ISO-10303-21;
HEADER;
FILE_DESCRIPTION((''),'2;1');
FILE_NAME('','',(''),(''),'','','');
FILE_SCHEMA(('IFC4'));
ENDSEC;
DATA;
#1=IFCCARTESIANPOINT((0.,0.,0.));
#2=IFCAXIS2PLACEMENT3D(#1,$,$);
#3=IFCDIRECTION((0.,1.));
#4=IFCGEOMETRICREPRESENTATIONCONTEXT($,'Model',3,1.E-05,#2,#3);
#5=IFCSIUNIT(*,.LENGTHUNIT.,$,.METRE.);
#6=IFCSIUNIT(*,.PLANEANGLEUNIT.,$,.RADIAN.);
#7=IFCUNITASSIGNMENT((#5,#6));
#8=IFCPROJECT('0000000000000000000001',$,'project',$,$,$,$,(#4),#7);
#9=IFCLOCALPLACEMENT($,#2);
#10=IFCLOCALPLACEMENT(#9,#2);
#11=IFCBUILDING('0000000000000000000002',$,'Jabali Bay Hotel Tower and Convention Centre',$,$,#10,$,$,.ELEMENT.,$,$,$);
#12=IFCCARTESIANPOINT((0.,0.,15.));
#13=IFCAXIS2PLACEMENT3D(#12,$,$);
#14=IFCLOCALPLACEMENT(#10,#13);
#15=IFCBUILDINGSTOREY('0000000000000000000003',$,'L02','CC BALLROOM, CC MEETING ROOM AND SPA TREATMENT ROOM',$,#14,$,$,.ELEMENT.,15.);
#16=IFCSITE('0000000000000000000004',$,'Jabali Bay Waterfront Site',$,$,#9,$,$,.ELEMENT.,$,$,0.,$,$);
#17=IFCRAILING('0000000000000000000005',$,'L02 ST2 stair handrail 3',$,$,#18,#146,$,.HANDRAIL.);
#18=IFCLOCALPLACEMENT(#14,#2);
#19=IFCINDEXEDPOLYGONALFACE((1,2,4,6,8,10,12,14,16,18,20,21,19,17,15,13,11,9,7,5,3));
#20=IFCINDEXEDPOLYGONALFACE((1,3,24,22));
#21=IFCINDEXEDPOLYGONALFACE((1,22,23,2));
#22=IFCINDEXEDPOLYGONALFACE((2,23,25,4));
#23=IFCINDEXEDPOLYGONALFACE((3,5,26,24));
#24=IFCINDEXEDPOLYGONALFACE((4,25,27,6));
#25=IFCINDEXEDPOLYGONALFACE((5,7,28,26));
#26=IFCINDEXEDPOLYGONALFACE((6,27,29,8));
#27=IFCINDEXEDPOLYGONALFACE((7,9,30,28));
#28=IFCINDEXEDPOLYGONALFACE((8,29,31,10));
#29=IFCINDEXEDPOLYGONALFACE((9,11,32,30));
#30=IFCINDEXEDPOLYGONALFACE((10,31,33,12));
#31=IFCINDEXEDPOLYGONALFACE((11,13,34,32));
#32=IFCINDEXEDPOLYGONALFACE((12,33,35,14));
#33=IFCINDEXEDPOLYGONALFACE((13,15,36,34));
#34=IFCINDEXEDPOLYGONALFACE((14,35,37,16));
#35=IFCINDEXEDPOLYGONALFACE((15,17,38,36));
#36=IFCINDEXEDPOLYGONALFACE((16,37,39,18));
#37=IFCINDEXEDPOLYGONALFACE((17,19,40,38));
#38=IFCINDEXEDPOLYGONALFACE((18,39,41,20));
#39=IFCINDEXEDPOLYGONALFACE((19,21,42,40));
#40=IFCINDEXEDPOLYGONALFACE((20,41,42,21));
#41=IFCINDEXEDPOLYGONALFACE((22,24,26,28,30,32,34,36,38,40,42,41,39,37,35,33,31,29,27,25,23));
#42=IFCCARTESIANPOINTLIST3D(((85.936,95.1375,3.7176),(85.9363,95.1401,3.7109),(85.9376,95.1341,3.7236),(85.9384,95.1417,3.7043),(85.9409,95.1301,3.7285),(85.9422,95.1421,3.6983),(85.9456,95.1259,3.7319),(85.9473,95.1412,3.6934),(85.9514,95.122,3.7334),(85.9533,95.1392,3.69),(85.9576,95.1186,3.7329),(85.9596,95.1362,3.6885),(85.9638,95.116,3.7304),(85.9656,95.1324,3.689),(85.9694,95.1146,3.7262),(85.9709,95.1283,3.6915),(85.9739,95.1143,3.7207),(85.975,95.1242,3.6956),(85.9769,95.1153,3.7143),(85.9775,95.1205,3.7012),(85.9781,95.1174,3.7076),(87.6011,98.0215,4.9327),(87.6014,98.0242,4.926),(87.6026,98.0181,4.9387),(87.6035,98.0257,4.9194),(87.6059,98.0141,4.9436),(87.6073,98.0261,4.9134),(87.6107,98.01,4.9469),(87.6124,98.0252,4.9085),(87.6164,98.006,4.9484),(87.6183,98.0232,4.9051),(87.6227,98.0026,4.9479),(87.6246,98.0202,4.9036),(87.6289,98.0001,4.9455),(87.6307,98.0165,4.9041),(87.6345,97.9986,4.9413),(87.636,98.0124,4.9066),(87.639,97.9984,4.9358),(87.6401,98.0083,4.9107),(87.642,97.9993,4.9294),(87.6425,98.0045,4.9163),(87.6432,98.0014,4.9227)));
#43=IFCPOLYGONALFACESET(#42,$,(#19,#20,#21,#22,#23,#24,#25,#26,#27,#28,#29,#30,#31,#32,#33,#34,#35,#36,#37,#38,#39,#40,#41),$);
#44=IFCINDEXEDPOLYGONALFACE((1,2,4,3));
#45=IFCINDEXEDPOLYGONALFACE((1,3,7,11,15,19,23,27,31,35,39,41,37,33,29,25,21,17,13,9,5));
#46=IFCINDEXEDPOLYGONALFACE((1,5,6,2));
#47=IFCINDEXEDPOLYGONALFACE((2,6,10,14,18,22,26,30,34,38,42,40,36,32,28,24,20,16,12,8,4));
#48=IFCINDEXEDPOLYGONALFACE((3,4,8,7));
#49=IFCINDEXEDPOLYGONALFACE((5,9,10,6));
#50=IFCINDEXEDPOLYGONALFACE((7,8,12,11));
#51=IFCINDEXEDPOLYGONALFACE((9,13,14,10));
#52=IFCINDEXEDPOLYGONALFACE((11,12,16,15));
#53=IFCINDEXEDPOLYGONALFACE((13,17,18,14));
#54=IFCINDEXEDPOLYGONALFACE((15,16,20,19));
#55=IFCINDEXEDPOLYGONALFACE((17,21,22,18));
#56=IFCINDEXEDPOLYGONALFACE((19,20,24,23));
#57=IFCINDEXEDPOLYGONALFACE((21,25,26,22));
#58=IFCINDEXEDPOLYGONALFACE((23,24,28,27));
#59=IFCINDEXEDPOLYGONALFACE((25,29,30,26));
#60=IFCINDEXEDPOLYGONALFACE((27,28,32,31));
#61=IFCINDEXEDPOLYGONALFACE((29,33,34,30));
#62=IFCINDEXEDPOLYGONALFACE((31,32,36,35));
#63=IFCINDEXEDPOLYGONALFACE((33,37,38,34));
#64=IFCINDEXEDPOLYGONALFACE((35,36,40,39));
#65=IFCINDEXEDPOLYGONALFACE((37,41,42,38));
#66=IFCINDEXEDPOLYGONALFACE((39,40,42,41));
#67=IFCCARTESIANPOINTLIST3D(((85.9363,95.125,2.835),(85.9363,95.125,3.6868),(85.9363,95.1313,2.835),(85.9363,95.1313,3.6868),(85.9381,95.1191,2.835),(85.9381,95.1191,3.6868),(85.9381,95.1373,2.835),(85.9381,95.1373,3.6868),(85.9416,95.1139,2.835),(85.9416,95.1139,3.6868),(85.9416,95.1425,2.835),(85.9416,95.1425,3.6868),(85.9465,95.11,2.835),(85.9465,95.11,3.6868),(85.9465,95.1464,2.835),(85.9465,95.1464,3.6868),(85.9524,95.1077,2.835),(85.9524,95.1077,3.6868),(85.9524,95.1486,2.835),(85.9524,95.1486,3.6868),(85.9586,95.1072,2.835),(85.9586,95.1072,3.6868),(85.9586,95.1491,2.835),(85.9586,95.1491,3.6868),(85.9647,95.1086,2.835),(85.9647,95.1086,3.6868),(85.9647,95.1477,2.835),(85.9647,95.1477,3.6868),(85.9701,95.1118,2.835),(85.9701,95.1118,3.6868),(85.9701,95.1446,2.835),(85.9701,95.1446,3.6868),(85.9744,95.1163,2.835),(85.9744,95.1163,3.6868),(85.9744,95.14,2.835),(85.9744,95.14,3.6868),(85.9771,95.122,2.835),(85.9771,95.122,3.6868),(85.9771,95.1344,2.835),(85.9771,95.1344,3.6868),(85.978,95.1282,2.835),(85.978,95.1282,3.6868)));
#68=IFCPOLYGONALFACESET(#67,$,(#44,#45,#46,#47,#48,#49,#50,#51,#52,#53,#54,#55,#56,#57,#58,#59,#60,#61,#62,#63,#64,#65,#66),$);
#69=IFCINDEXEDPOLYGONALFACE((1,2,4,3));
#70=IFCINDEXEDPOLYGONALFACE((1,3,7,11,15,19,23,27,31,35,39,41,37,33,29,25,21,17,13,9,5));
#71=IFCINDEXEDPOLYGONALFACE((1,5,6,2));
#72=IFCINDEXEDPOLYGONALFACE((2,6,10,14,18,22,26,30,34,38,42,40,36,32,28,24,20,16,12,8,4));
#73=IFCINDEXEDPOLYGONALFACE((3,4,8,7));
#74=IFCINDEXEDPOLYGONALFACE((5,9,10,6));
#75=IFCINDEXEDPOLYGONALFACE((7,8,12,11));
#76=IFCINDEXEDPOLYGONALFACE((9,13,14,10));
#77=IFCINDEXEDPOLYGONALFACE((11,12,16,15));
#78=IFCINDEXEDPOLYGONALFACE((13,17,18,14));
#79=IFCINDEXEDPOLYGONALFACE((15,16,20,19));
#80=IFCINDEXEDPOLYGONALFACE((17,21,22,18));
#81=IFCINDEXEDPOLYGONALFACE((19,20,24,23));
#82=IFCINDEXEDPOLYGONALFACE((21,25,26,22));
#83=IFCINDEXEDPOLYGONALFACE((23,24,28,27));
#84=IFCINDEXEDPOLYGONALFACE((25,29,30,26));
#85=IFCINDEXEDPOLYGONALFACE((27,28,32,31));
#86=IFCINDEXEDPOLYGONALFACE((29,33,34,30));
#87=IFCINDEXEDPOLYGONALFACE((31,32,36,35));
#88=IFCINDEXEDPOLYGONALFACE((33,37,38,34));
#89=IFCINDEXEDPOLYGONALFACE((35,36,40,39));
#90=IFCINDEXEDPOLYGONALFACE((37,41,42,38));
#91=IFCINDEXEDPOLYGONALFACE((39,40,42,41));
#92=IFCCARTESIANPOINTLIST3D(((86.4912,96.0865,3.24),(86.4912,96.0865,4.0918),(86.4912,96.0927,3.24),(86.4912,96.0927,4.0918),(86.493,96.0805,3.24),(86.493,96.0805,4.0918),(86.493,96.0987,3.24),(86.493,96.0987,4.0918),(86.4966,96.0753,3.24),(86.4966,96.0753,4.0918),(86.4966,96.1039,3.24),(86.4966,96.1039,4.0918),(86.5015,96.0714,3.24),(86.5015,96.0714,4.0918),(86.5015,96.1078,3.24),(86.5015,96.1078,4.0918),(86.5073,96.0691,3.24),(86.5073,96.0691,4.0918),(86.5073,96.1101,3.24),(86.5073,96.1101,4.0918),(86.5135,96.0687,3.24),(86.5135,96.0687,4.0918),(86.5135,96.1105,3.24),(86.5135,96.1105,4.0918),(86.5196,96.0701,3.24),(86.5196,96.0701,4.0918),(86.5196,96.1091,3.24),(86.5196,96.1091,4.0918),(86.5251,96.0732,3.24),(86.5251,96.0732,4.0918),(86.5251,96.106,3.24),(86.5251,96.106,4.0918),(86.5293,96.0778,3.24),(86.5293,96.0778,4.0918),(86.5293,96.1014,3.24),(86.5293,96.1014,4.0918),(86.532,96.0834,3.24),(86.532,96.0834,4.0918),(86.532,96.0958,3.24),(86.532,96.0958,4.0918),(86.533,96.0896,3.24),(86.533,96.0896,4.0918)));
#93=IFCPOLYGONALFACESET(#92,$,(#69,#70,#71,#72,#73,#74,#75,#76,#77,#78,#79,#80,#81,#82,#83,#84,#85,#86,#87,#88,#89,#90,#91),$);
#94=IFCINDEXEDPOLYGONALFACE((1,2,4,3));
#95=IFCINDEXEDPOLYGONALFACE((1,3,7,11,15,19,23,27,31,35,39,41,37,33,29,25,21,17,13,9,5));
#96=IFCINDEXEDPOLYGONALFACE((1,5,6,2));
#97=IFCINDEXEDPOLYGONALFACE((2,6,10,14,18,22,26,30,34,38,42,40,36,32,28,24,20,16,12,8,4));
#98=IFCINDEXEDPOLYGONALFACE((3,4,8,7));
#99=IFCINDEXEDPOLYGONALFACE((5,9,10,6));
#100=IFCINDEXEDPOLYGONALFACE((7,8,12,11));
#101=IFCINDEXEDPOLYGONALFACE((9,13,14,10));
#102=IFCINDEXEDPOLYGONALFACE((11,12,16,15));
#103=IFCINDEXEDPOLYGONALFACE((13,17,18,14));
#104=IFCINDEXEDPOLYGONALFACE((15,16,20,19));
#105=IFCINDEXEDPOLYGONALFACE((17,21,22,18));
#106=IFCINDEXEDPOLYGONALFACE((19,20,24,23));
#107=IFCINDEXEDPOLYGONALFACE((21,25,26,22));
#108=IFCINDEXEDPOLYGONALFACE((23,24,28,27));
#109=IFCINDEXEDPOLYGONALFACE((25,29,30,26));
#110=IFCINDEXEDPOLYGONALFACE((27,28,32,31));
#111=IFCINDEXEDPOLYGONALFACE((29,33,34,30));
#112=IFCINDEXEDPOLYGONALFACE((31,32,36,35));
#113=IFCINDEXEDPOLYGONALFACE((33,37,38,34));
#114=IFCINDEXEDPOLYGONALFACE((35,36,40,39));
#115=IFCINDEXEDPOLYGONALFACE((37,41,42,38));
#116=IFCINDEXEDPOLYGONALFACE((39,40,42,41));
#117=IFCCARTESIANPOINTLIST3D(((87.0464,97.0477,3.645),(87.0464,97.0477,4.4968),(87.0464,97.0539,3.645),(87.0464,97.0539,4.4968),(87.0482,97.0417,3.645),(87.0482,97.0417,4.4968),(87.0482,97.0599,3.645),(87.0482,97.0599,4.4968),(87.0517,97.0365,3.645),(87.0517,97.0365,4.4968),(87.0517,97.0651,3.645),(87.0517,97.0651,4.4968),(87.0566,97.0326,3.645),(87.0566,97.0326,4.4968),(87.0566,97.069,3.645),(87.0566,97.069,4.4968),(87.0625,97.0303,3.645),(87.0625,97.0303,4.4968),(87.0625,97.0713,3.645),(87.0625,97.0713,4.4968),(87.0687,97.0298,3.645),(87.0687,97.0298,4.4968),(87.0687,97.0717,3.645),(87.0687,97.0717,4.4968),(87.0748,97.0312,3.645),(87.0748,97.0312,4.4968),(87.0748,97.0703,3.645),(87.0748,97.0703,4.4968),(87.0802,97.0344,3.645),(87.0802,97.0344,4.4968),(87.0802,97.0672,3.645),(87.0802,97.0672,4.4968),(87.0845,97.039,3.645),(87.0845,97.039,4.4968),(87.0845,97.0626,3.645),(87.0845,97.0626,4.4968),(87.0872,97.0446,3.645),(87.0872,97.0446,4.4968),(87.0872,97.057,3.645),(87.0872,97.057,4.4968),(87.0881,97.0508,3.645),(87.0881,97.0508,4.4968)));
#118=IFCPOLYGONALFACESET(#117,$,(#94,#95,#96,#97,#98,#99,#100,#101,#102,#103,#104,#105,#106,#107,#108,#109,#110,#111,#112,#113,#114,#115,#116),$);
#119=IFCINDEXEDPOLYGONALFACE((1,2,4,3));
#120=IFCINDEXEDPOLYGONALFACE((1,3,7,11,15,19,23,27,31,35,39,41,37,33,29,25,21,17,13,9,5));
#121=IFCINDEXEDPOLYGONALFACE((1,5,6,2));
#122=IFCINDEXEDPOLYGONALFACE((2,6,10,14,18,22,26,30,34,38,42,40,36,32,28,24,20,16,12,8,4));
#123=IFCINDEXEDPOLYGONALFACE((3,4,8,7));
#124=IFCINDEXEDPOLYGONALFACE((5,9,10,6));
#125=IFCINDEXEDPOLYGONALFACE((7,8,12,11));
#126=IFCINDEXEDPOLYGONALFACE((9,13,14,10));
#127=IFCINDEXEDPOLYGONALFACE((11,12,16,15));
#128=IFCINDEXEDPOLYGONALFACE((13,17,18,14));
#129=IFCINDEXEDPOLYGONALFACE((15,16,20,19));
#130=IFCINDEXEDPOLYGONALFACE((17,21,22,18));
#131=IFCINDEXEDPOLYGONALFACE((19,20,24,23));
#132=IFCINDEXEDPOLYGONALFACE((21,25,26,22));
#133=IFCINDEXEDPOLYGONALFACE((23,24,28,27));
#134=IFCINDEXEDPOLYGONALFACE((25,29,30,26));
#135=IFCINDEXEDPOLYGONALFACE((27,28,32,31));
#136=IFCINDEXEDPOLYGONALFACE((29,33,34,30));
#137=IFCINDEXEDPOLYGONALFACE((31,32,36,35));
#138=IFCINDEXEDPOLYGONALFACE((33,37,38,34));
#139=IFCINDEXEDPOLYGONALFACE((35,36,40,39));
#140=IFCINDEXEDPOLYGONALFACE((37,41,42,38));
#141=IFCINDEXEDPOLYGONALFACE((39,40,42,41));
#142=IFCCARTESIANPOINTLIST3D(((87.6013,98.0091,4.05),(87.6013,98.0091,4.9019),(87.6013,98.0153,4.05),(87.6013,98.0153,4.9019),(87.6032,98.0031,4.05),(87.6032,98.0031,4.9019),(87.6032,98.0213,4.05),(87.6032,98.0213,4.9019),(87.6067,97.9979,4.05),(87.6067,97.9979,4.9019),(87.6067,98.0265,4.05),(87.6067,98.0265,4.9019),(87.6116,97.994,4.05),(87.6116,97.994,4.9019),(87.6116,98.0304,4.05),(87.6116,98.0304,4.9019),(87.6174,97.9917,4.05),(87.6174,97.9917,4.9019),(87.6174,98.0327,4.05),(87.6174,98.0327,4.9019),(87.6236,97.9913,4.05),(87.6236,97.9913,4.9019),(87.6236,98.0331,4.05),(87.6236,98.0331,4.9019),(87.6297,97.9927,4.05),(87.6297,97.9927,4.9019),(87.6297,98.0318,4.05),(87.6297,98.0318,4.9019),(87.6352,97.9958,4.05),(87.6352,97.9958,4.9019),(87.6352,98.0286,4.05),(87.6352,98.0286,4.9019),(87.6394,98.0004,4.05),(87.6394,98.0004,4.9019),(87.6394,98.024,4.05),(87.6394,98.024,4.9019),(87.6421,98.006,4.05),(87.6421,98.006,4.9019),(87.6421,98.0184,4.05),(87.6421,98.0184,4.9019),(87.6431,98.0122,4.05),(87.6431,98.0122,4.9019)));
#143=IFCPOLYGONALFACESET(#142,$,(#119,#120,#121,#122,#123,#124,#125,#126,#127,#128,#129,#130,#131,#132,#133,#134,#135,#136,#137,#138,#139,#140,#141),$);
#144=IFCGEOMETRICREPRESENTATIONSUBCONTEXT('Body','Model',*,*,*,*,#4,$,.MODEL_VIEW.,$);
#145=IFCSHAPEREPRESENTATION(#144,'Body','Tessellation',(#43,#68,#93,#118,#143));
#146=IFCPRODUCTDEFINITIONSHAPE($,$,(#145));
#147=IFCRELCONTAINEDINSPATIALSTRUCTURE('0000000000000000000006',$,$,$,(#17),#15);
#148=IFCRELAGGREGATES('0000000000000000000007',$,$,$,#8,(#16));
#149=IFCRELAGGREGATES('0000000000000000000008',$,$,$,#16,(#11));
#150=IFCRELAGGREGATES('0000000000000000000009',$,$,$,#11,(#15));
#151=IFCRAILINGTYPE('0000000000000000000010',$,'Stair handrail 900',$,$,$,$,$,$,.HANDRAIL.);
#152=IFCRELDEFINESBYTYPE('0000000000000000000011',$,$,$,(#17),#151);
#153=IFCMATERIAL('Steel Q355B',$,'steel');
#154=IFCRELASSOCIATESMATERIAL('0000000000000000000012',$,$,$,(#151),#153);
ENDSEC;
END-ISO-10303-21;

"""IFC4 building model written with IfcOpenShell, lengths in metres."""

from ifc_helpers import new_model, si_unit, direction, frame, origin, origin_2d, place, context, subcontext, project, spatial, circle, extrude, material, type_object, element, save


model = new_model("IFC4")

# Units and contexts
model_context = context("Model", 3, precision=1e-05, world=origin(), true_north=direction((0.0, 1.0)))
body_context = subcontext(model_context, "Body", "Model", "MODEL_VIEW")
ifc_project = project(units=[si_unit("LENGTHUNIT", "METRE"), si_unit("PLANEANGLEUNIT", "RADIAN")], contexts=[model_context])

# Site, building, storey
site_placement = place(None, origin())
site = spatial("IfcSite", under=ifc_project, at=site_placement, Name="Jabali Bay Waterfront Site", CompositionType="ELEMENT", RefElevation=0.0)
building_placement = place(site_placement, origin())
building = spatial("IfcBuilding", under=site, at=building_placement, Name="Jabali Bay Hotel Tower and Convention Centre", CompositionType="ELEMENT")
storey_placement = place(building_placement, frame((0.0, 0.0, 15.0)))
storey = spatial("IfcBuildingStorey", under=building, at=storey_placement, Name="L02", Description="CC BALLROOM, CC MEETING ROOM AND SPA TREATMENT ROOM", CompositionType="ELEMENT", Elevation=15.0)

# Railing
ifc_material_1 = material(Name="Steel Q355B", Category="steel")
railing_type_1 = type_object("IfcRailingType", Name="Stair handrail 900", PredefinedType="HANDRAIL", material=ifc_material_1)
for number, where, name in (
    (1, (85.957, 95.1282, 2.835), "L02 ST2 stair handrail 3"),
):
    element("IfcRailing", number, at=place(storey_placement, frame(where)), inside=storey, type_object=railing_type_1, Name=name, PredefinedType="HANDRAIL", context=body_context, shape_type="SweptSolid", body=[
        extrude(circle(Radius=0.0239, at=origin_2d()), frame((0.0, 0.0, 0.876), z_axis=(0.469698, 0.813568, 0.342769), x_axis=(-0.866033, 0.499987, 0.0)), (0.0, 0.0, 1.0), 3.5449),
        extrude(circle(Radius=0.021, at=origin_2d()), origin(), (0.0, 0.0, 1.0), 0.8518),
        extrude(circle(Radius=0.021, at=origin_2d()), frame((0.5549, 0.9614, 0.405)), (0.0, 0.0, 1.0), 0.8518),
        extrude(circle(Radius=0.021, at=origin_2d()), frame((1.1101, 1.9226, 0.8101)), (0.0, 0.0, 1.0), 0.8518),
        extrude(circle(Radius=0.021, at=origin_2d()), frame((1.665, 2.884, 1.2151)), (0.0, 0.0, 1.0), 0.8518),
    ])

save(model, "model.ifc")
